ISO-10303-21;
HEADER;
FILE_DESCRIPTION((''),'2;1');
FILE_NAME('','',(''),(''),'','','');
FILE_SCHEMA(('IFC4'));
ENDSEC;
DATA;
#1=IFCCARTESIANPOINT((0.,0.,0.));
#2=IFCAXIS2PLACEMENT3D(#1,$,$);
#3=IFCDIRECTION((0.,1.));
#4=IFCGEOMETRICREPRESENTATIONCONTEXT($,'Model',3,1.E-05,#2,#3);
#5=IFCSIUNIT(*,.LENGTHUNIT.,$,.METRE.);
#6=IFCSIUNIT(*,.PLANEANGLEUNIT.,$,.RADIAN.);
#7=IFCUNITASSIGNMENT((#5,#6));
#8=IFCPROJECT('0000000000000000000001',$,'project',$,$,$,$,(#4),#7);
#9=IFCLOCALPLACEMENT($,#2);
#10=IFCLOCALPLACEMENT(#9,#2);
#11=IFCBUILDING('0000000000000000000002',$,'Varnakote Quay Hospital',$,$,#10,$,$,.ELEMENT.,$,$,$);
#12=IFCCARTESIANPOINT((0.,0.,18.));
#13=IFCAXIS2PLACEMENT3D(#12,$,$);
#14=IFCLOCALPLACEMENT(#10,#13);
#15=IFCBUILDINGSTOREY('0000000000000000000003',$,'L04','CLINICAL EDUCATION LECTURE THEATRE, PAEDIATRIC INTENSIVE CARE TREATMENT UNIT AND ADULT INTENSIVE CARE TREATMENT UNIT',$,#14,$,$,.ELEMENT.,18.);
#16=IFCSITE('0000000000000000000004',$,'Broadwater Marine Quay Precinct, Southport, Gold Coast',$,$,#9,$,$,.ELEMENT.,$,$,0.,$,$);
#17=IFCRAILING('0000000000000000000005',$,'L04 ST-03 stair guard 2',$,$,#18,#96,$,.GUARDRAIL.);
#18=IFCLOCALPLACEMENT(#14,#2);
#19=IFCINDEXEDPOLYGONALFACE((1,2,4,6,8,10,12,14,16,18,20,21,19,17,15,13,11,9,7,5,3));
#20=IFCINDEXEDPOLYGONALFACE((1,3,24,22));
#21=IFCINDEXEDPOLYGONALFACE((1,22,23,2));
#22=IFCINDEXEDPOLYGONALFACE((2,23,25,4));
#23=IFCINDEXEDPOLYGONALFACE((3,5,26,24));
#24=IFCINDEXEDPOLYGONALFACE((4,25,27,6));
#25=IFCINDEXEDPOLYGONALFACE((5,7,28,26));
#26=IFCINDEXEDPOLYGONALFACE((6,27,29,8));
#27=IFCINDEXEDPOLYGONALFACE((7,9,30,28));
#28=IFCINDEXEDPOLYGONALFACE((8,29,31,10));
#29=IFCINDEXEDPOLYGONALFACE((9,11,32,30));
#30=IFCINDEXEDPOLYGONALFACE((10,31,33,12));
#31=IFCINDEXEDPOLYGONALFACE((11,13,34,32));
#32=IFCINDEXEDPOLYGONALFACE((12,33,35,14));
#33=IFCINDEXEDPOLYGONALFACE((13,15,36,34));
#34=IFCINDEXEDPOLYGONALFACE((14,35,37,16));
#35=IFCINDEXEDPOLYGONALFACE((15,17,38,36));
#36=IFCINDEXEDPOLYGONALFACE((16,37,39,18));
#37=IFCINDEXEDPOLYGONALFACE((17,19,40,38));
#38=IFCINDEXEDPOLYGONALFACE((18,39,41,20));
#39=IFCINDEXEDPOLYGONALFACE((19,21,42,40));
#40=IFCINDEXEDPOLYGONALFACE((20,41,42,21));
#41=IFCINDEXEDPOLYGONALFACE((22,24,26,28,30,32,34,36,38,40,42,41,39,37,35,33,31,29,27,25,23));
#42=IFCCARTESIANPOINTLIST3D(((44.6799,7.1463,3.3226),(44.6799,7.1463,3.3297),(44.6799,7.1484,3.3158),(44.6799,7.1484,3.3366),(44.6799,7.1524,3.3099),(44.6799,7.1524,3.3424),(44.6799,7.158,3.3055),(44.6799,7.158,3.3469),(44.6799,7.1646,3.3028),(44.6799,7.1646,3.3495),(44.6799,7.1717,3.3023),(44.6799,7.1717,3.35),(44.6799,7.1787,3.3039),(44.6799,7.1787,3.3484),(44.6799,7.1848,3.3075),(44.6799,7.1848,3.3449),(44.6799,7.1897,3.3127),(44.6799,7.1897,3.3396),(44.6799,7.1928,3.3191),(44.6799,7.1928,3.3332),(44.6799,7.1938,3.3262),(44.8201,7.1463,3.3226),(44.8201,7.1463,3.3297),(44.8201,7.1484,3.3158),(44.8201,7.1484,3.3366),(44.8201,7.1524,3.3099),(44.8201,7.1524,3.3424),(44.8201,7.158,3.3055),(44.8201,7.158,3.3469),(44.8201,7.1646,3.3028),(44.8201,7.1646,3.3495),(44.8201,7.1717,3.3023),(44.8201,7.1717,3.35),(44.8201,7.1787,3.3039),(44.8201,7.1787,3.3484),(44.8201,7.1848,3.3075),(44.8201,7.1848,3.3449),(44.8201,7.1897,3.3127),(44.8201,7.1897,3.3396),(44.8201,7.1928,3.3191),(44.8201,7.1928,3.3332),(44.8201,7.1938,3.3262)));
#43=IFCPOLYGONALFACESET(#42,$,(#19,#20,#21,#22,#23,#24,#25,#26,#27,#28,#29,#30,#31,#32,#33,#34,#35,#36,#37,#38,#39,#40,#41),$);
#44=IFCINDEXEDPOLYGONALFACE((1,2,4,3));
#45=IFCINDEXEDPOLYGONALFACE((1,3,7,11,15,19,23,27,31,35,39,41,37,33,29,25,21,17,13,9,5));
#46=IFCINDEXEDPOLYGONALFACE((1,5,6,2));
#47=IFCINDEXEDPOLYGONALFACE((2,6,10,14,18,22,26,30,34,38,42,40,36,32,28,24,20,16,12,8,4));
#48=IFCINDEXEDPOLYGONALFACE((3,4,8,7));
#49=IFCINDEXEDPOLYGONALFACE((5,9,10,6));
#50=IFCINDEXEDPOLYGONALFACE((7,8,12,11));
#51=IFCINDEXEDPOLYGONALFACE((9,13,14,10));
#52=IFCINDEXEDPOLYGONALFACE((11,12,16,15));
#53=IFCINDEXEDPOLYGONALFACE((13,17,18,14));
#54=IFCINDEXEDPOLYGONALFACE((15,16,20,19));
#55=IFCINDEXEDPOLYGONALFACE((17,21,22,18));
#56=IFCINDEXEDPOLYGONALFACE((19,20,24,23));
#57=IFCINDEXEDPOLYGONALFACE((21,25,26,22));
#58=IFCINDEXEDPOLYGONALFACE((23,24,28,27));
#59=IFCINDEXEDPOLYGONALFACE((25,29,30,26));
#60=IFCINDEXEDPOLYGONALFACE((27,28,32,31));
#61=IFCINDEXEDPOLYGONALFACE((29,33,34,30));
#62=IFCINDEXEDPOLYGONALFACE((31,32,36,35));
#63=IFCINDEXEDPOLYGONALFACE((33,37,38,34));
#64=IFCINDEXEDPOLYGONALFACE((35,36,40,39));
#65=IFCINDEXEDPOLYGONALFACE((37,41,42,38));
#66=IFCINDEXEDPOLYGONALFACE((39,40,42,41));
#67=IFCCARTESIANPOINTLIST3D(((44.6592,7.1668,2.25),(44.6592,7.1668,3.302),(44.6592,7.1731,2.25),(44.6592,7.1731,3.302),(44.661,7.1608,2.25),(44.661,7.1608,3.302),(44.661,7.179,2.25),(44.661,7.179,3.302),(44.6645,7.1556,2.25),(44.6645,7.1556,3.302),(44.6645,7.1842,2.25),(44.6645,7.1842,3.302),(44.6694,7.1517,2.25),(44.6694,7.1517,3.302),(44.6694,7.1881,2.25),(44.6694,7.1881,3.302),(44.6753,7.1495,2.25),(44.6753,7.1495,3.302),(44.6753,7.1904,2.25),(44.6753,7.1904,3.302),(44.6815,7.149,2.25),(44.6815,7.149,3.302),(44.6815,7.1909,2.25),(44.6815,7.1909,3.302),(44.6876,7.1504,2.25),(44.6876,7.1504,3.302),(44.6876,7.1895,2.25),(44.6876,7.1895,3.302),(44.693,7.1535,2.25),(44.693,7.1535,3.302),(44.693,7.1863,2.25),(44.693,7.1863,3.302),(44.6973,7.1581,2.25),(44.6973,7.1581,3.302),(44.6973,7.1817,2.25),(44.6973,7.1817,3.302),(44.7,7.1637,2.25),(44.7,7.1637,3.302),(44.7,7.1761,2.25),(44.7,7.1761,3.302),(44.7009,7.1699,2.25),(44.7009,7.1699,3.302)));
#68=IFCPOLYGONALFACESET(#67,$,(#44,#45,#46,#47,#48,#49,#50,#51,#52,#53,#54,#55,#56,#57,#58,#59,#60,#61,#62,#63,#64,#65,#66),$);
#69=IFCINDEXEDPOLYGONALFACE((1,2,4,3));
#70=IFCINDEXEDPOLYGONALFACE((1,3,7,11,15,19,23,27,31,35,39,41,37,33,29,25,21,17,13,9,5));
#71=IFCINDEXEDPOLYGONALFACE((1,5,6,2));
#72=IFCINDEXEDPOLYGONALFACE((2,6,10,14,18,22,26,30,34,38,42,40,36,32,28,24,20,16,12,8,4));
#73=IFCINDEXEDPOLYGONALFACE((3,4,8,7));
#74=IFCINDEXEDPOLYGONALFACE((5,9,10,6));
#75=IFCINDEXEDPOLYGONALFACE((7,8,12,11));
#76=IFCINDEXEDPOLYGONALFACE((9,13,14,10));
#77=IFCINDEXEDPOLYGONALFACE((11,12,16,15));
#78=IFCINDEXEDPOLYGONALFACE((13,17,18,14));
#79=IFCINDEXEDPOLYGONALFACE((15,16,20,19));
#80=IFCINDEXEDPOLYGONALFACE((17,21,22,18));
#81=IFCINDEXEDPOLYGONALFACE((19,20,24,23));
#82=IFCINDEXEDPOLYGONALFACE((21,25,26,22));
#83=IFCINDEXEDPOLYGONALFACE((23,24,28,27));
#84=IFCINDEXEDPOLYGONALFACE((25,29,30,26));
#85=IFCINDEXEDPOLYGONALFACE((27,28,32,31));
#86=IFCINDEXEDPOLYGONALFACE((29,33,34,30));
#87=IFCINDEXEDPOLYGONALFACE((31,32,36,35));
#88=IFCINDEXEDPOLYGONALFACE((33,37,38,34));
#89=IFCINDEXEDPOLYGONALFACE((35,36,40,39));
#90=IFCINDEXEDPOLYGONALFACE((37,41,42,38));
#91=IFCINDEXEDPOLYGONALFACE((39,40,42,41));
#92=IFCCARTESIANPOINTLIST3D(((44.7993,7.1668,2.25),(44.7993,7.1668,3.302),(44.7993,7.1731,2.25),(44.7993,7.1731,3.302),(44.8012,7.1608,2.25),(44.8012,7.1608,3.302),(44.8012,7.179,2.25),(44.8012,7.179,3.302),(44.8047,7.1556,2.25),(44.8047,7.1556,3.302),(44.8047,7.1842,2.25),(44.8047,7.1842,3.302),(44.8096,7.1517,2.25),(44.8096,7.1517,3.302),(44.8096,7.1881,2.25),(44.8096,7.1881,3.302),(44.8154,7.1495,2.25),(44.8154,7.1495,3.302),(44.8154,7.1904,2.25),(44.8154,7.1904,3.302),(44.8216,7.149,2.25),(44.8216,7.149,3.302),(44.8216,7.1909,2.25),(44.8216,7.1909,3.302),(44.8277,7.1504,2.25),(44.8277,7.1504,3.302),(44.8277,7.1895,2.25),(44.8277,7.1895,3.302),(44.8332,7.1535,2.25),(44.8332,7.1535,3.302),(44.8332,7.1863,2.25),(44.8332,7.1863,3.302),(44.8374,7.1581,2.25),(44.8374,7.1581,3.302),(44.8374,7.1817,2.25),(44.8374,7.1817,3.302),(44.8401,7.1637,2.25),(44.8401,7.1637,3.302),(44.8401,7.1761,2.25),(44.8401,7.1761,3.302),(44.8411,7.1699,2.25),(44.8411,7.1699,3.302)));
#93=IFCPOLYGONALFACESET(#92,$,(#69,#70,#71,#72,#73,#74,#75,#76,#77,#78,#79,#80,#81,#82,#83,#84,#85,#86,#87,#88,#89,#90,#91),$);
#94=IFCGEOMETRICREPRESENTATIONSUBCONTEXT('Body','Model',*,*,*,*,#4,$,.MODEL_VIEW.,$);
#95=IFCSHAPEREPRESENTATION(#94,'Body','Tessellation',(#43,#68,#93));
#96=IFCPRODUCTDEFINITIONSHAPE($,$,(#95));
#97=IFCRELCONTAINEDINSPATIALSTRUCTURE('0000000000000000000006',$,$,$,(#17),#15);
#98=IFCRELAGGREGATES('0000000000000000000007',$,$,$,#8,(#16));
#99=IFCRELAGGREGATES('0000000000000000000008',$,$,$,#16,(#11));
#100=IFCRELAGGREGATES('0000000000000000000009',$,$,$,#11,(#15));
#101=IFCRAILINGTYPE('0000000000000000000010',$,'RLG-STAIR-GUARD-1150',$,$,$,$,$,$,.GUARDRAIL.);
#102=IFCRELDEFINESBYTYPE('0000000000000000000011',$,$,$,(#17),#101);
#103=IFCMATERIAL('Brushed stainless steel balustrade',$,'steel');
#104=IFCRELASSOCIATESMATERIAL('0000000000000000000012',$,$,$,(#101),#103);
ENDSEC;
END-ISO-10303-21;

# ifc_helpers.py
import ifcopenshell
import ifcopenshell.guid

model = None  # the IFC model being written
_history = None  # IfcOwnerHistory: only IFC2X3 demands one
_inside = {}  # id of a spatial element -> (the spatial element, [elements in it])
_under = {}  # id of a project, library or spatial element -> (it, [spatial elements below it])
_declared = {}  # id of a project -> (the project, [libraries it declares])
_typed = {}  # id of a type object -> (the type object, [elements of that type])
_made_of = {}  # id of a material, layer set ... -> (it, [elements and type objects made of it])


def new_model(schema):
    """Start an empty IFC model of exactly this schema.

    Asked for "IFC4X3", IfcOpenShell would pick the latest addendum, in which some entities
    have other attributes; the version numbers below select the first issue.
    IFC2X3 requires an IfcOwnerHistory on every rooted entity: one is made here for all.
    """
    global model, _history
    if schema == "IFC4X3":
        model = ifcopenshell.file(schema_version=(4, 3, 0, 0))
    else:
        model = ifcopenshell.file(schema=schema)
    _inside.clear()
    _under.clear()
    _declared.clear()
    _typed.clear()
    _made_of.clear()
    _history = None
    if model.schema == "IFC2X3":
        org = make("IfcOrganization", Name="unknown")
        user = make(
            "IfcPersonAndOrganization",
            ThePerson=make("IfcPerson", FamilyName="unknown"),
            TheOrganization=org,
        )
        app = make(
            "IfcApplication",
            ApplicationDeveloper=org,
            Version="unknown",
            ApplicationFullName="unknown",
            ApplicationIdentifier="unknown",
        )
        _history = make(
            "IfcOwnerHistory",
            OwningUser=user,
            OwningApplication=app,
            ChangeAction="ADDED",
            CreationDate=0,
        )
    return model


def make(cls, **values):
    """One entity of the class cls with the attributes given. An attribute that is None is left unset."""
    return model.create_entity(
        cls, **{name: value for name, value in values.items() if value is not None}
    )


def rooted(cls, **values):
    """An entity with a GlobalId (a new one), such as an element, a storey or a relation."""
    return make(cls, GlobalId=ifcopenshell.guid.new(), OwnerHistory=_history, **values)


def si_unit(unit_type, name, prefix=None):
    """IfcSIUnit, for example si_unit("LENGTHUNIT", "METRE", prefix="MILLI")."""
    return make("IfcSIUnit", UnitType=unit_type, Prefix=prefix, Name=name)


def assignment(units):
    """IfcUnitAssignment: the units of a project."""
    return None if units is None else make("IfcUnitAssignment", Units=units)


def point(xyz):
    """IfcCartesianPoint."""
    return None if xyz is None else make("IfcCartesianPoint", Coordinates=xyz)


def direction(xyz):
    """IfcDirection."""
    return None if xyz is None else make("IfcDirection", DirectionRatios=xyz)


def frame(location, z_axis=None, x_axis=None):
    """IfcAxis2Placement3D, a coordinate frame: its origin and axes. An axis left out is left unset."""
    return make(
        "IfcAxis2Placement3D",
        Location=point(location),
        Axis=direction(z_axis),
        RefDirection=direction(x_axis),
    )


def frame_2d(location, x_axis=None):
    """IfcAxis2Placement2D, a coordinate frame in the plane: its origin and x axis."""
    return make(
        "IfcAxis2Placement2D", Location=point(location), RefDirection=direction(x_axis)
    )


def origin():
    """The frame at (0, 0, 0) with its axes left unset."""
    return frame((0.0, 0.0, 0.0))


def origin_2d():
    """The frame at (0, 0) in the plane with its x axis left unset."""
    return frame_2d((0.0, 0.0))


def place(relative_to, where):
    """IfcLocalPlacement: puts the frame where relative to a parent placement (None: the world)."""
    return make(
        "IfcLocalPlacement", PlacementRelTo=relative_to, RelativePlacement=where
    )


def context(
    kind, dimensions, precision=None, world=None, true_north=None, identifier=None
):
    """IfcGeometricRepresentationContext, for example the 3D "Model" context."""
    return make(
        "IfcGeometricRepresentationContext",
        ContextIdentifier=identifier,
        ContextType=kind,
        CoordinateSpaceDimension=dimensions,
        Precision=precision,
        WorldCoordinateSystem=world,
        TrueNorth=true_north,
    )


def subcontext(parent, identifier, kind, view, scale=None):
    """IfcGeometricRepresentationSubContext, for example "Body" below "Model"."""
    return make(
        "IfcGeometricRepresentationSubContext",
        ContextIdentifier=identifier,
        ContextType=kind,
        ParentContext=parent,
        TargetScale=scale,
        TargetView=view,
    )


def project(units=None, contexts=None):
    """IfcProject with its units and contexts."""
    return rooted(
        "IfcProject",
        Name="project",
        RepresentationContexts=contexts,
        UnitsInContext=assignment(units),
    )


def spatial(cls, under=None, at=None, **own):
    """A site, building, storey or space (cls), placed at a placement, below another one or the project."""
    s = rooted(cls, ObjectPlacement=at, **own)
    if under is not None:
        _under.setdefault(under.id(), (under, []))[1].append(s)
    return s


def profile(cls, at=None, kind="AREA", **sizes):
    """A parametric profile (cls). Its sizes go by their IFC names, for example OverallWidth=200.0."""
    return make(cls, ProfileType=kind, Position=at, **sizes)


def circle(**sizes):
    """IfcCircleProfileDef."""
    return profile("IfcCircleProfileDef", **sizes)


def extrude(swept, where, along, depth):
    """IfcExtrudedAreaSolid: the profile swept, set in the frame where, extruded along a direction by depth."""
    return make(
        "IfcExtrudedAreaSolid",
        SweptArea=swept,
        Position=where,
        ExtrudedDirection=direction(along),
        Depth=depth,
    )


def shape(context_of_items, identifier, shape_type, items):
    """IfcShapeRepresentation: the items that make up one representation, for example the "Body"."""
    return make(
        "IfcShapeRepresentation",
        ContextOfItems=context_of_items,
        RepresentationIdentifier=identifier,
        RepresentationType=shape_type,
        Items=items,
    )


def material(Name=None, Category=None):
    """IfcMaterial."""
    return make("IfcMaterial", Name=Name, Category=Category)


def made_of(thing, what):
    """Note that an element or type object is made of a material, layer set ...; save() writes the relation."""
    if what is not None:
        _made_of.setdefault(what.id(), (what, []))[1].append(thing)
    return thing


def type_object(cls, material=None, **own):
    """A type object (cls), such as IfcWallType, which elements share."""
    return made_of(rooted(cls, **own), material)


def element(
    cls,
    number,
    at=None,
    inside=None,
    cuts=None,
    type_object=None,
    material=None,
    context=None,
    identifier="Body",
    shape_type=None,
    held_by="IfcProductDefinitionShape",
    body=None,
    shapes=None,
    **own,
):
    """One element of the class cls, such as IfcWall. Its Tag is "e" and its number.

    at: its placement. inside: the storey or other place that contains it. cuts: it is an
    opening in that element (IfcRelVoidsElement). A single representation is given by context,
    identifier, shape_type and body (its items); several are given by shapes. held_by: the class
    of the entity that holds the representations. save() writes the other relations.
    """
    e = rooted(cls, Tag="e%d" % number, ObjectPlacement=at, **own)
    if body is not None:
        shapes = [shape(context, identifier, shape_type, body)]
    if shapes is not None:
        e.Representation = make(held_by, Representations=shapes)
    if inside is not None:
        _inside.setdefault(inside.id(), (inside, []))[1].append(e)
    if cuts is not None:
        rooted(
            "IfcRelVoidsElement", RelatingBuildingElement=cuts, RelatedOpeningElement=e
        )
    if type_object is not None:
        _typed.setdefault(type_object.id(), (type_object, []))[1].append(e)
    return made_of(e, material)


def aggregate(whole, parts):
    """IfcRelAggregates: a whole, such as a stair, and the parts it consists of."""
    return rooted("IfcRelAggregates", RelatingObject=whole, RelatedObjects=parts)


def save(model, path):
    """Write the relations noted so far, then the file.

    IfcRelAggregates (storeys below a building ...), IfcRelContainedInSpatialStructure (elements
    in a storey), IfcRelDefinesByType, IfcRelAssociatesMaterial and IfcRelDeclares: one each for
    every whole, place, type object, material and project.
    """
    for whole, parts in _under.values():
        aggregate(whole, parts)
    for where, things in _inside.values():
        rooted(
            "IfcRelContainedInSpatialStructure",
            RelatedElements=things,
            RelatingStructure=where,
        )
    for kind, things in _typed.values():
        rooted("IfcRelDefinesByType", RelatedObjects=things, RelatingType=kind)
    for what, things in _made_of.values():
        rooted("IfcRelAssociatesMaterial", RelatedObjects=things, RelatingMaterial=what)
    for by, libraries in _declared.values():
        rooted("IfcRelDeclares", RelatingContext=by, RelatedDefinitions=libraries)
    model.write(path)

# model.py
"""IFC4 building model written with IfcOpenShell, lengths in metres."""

from ifc_helpers import new_model, si_unit, direction, frame, origin, origin_2d, place, context, subcontext, project, spatial, circle, extrude, material, type_object, element, save


model = new_model("IFC4")

# Units and contexts
model_context = context("Model", 3, precision=1e-05, world=origin(), true_north=direction((0.0, 1.0)))
body_context = subcontext(model_context, "Body", "Model", "MODEL_VIEW")
ifc_project = project(units=[si_unit("LENGTHUNIT", "METRE"), si_unit("PLANEANGLEUNIT", "RADIAN")], contexts=[model_context])

# Site, building, storey
site_placement = place(None, origin())
site = spatial("IfcSite", under=ifc_project, at=site_placement, Name="Broadwater Marine Quay Precinct, Southport, Gold Coast", CompositionType="ELEMENT", RefElevation=0.0)
building_placement = place(site_placement, origin())
building = spatial("IfcBuilding", under=site, at=building_placement, Name="Varnakote Quay Hospital", CompositionType="ELEMENT")
storey_placement = place(building_placement, frame((0.0, 0.0, 18.0)))
storey = spatial("IfcBuildingStorey", under=building, at=storey_placement, Name="L04", Description="CLINICAL EDUCATION LECTURE THEATRE, PAEDIATRIC INTENSIVE CARE TREATMENT UNIT AND ADULT INTENSIVE CARE TREATMENT UNIT", CompositionType="ELEMENT", Elevation=18.0)

# Railing
ifc_material_1 = material(Name="Brushed stainless steel balustrade", Category="steel")
railing_type_1 = type_object("IfcRailingType", Name="RLG-STAIR-GUARD-1150", PredefinedType="GUARDRAIL", material=ifc_material_1)
railing_1_placement = place(storey_placement, frame((44.6799, 7.1699, 2.25)))
element("IfcRailing", 1, at=railing_1_placement, inside=storey, type_object=railing_type_1, Name="L04 ST-03 stair guard 2", PredefinedType="GUARDRAIL", context=body_context, shape_type="SweptSolid", body=[
    extrude(circle(Radius=0.0239, at=origin_2d()), frame((0.0, 0.0, 1.0762), z_axis=(1.0, 0.0, 0.0), x_axis=(0.0, 1.0, 0.0)), (0.0, 0.0, 1.0), 0.1401),
    extrude(circle(Radius=0.021, at=origin_2d()), origin(), (0.0, 0.0, 1.0), 1.052),
    extrude(circle(Radius=0.021, at=origin_2d()), frame((0.1401, 0.0, 0.0)), (0.0, 0.0, 1.0), 1.052),
])

save(model, "model.ifc")
